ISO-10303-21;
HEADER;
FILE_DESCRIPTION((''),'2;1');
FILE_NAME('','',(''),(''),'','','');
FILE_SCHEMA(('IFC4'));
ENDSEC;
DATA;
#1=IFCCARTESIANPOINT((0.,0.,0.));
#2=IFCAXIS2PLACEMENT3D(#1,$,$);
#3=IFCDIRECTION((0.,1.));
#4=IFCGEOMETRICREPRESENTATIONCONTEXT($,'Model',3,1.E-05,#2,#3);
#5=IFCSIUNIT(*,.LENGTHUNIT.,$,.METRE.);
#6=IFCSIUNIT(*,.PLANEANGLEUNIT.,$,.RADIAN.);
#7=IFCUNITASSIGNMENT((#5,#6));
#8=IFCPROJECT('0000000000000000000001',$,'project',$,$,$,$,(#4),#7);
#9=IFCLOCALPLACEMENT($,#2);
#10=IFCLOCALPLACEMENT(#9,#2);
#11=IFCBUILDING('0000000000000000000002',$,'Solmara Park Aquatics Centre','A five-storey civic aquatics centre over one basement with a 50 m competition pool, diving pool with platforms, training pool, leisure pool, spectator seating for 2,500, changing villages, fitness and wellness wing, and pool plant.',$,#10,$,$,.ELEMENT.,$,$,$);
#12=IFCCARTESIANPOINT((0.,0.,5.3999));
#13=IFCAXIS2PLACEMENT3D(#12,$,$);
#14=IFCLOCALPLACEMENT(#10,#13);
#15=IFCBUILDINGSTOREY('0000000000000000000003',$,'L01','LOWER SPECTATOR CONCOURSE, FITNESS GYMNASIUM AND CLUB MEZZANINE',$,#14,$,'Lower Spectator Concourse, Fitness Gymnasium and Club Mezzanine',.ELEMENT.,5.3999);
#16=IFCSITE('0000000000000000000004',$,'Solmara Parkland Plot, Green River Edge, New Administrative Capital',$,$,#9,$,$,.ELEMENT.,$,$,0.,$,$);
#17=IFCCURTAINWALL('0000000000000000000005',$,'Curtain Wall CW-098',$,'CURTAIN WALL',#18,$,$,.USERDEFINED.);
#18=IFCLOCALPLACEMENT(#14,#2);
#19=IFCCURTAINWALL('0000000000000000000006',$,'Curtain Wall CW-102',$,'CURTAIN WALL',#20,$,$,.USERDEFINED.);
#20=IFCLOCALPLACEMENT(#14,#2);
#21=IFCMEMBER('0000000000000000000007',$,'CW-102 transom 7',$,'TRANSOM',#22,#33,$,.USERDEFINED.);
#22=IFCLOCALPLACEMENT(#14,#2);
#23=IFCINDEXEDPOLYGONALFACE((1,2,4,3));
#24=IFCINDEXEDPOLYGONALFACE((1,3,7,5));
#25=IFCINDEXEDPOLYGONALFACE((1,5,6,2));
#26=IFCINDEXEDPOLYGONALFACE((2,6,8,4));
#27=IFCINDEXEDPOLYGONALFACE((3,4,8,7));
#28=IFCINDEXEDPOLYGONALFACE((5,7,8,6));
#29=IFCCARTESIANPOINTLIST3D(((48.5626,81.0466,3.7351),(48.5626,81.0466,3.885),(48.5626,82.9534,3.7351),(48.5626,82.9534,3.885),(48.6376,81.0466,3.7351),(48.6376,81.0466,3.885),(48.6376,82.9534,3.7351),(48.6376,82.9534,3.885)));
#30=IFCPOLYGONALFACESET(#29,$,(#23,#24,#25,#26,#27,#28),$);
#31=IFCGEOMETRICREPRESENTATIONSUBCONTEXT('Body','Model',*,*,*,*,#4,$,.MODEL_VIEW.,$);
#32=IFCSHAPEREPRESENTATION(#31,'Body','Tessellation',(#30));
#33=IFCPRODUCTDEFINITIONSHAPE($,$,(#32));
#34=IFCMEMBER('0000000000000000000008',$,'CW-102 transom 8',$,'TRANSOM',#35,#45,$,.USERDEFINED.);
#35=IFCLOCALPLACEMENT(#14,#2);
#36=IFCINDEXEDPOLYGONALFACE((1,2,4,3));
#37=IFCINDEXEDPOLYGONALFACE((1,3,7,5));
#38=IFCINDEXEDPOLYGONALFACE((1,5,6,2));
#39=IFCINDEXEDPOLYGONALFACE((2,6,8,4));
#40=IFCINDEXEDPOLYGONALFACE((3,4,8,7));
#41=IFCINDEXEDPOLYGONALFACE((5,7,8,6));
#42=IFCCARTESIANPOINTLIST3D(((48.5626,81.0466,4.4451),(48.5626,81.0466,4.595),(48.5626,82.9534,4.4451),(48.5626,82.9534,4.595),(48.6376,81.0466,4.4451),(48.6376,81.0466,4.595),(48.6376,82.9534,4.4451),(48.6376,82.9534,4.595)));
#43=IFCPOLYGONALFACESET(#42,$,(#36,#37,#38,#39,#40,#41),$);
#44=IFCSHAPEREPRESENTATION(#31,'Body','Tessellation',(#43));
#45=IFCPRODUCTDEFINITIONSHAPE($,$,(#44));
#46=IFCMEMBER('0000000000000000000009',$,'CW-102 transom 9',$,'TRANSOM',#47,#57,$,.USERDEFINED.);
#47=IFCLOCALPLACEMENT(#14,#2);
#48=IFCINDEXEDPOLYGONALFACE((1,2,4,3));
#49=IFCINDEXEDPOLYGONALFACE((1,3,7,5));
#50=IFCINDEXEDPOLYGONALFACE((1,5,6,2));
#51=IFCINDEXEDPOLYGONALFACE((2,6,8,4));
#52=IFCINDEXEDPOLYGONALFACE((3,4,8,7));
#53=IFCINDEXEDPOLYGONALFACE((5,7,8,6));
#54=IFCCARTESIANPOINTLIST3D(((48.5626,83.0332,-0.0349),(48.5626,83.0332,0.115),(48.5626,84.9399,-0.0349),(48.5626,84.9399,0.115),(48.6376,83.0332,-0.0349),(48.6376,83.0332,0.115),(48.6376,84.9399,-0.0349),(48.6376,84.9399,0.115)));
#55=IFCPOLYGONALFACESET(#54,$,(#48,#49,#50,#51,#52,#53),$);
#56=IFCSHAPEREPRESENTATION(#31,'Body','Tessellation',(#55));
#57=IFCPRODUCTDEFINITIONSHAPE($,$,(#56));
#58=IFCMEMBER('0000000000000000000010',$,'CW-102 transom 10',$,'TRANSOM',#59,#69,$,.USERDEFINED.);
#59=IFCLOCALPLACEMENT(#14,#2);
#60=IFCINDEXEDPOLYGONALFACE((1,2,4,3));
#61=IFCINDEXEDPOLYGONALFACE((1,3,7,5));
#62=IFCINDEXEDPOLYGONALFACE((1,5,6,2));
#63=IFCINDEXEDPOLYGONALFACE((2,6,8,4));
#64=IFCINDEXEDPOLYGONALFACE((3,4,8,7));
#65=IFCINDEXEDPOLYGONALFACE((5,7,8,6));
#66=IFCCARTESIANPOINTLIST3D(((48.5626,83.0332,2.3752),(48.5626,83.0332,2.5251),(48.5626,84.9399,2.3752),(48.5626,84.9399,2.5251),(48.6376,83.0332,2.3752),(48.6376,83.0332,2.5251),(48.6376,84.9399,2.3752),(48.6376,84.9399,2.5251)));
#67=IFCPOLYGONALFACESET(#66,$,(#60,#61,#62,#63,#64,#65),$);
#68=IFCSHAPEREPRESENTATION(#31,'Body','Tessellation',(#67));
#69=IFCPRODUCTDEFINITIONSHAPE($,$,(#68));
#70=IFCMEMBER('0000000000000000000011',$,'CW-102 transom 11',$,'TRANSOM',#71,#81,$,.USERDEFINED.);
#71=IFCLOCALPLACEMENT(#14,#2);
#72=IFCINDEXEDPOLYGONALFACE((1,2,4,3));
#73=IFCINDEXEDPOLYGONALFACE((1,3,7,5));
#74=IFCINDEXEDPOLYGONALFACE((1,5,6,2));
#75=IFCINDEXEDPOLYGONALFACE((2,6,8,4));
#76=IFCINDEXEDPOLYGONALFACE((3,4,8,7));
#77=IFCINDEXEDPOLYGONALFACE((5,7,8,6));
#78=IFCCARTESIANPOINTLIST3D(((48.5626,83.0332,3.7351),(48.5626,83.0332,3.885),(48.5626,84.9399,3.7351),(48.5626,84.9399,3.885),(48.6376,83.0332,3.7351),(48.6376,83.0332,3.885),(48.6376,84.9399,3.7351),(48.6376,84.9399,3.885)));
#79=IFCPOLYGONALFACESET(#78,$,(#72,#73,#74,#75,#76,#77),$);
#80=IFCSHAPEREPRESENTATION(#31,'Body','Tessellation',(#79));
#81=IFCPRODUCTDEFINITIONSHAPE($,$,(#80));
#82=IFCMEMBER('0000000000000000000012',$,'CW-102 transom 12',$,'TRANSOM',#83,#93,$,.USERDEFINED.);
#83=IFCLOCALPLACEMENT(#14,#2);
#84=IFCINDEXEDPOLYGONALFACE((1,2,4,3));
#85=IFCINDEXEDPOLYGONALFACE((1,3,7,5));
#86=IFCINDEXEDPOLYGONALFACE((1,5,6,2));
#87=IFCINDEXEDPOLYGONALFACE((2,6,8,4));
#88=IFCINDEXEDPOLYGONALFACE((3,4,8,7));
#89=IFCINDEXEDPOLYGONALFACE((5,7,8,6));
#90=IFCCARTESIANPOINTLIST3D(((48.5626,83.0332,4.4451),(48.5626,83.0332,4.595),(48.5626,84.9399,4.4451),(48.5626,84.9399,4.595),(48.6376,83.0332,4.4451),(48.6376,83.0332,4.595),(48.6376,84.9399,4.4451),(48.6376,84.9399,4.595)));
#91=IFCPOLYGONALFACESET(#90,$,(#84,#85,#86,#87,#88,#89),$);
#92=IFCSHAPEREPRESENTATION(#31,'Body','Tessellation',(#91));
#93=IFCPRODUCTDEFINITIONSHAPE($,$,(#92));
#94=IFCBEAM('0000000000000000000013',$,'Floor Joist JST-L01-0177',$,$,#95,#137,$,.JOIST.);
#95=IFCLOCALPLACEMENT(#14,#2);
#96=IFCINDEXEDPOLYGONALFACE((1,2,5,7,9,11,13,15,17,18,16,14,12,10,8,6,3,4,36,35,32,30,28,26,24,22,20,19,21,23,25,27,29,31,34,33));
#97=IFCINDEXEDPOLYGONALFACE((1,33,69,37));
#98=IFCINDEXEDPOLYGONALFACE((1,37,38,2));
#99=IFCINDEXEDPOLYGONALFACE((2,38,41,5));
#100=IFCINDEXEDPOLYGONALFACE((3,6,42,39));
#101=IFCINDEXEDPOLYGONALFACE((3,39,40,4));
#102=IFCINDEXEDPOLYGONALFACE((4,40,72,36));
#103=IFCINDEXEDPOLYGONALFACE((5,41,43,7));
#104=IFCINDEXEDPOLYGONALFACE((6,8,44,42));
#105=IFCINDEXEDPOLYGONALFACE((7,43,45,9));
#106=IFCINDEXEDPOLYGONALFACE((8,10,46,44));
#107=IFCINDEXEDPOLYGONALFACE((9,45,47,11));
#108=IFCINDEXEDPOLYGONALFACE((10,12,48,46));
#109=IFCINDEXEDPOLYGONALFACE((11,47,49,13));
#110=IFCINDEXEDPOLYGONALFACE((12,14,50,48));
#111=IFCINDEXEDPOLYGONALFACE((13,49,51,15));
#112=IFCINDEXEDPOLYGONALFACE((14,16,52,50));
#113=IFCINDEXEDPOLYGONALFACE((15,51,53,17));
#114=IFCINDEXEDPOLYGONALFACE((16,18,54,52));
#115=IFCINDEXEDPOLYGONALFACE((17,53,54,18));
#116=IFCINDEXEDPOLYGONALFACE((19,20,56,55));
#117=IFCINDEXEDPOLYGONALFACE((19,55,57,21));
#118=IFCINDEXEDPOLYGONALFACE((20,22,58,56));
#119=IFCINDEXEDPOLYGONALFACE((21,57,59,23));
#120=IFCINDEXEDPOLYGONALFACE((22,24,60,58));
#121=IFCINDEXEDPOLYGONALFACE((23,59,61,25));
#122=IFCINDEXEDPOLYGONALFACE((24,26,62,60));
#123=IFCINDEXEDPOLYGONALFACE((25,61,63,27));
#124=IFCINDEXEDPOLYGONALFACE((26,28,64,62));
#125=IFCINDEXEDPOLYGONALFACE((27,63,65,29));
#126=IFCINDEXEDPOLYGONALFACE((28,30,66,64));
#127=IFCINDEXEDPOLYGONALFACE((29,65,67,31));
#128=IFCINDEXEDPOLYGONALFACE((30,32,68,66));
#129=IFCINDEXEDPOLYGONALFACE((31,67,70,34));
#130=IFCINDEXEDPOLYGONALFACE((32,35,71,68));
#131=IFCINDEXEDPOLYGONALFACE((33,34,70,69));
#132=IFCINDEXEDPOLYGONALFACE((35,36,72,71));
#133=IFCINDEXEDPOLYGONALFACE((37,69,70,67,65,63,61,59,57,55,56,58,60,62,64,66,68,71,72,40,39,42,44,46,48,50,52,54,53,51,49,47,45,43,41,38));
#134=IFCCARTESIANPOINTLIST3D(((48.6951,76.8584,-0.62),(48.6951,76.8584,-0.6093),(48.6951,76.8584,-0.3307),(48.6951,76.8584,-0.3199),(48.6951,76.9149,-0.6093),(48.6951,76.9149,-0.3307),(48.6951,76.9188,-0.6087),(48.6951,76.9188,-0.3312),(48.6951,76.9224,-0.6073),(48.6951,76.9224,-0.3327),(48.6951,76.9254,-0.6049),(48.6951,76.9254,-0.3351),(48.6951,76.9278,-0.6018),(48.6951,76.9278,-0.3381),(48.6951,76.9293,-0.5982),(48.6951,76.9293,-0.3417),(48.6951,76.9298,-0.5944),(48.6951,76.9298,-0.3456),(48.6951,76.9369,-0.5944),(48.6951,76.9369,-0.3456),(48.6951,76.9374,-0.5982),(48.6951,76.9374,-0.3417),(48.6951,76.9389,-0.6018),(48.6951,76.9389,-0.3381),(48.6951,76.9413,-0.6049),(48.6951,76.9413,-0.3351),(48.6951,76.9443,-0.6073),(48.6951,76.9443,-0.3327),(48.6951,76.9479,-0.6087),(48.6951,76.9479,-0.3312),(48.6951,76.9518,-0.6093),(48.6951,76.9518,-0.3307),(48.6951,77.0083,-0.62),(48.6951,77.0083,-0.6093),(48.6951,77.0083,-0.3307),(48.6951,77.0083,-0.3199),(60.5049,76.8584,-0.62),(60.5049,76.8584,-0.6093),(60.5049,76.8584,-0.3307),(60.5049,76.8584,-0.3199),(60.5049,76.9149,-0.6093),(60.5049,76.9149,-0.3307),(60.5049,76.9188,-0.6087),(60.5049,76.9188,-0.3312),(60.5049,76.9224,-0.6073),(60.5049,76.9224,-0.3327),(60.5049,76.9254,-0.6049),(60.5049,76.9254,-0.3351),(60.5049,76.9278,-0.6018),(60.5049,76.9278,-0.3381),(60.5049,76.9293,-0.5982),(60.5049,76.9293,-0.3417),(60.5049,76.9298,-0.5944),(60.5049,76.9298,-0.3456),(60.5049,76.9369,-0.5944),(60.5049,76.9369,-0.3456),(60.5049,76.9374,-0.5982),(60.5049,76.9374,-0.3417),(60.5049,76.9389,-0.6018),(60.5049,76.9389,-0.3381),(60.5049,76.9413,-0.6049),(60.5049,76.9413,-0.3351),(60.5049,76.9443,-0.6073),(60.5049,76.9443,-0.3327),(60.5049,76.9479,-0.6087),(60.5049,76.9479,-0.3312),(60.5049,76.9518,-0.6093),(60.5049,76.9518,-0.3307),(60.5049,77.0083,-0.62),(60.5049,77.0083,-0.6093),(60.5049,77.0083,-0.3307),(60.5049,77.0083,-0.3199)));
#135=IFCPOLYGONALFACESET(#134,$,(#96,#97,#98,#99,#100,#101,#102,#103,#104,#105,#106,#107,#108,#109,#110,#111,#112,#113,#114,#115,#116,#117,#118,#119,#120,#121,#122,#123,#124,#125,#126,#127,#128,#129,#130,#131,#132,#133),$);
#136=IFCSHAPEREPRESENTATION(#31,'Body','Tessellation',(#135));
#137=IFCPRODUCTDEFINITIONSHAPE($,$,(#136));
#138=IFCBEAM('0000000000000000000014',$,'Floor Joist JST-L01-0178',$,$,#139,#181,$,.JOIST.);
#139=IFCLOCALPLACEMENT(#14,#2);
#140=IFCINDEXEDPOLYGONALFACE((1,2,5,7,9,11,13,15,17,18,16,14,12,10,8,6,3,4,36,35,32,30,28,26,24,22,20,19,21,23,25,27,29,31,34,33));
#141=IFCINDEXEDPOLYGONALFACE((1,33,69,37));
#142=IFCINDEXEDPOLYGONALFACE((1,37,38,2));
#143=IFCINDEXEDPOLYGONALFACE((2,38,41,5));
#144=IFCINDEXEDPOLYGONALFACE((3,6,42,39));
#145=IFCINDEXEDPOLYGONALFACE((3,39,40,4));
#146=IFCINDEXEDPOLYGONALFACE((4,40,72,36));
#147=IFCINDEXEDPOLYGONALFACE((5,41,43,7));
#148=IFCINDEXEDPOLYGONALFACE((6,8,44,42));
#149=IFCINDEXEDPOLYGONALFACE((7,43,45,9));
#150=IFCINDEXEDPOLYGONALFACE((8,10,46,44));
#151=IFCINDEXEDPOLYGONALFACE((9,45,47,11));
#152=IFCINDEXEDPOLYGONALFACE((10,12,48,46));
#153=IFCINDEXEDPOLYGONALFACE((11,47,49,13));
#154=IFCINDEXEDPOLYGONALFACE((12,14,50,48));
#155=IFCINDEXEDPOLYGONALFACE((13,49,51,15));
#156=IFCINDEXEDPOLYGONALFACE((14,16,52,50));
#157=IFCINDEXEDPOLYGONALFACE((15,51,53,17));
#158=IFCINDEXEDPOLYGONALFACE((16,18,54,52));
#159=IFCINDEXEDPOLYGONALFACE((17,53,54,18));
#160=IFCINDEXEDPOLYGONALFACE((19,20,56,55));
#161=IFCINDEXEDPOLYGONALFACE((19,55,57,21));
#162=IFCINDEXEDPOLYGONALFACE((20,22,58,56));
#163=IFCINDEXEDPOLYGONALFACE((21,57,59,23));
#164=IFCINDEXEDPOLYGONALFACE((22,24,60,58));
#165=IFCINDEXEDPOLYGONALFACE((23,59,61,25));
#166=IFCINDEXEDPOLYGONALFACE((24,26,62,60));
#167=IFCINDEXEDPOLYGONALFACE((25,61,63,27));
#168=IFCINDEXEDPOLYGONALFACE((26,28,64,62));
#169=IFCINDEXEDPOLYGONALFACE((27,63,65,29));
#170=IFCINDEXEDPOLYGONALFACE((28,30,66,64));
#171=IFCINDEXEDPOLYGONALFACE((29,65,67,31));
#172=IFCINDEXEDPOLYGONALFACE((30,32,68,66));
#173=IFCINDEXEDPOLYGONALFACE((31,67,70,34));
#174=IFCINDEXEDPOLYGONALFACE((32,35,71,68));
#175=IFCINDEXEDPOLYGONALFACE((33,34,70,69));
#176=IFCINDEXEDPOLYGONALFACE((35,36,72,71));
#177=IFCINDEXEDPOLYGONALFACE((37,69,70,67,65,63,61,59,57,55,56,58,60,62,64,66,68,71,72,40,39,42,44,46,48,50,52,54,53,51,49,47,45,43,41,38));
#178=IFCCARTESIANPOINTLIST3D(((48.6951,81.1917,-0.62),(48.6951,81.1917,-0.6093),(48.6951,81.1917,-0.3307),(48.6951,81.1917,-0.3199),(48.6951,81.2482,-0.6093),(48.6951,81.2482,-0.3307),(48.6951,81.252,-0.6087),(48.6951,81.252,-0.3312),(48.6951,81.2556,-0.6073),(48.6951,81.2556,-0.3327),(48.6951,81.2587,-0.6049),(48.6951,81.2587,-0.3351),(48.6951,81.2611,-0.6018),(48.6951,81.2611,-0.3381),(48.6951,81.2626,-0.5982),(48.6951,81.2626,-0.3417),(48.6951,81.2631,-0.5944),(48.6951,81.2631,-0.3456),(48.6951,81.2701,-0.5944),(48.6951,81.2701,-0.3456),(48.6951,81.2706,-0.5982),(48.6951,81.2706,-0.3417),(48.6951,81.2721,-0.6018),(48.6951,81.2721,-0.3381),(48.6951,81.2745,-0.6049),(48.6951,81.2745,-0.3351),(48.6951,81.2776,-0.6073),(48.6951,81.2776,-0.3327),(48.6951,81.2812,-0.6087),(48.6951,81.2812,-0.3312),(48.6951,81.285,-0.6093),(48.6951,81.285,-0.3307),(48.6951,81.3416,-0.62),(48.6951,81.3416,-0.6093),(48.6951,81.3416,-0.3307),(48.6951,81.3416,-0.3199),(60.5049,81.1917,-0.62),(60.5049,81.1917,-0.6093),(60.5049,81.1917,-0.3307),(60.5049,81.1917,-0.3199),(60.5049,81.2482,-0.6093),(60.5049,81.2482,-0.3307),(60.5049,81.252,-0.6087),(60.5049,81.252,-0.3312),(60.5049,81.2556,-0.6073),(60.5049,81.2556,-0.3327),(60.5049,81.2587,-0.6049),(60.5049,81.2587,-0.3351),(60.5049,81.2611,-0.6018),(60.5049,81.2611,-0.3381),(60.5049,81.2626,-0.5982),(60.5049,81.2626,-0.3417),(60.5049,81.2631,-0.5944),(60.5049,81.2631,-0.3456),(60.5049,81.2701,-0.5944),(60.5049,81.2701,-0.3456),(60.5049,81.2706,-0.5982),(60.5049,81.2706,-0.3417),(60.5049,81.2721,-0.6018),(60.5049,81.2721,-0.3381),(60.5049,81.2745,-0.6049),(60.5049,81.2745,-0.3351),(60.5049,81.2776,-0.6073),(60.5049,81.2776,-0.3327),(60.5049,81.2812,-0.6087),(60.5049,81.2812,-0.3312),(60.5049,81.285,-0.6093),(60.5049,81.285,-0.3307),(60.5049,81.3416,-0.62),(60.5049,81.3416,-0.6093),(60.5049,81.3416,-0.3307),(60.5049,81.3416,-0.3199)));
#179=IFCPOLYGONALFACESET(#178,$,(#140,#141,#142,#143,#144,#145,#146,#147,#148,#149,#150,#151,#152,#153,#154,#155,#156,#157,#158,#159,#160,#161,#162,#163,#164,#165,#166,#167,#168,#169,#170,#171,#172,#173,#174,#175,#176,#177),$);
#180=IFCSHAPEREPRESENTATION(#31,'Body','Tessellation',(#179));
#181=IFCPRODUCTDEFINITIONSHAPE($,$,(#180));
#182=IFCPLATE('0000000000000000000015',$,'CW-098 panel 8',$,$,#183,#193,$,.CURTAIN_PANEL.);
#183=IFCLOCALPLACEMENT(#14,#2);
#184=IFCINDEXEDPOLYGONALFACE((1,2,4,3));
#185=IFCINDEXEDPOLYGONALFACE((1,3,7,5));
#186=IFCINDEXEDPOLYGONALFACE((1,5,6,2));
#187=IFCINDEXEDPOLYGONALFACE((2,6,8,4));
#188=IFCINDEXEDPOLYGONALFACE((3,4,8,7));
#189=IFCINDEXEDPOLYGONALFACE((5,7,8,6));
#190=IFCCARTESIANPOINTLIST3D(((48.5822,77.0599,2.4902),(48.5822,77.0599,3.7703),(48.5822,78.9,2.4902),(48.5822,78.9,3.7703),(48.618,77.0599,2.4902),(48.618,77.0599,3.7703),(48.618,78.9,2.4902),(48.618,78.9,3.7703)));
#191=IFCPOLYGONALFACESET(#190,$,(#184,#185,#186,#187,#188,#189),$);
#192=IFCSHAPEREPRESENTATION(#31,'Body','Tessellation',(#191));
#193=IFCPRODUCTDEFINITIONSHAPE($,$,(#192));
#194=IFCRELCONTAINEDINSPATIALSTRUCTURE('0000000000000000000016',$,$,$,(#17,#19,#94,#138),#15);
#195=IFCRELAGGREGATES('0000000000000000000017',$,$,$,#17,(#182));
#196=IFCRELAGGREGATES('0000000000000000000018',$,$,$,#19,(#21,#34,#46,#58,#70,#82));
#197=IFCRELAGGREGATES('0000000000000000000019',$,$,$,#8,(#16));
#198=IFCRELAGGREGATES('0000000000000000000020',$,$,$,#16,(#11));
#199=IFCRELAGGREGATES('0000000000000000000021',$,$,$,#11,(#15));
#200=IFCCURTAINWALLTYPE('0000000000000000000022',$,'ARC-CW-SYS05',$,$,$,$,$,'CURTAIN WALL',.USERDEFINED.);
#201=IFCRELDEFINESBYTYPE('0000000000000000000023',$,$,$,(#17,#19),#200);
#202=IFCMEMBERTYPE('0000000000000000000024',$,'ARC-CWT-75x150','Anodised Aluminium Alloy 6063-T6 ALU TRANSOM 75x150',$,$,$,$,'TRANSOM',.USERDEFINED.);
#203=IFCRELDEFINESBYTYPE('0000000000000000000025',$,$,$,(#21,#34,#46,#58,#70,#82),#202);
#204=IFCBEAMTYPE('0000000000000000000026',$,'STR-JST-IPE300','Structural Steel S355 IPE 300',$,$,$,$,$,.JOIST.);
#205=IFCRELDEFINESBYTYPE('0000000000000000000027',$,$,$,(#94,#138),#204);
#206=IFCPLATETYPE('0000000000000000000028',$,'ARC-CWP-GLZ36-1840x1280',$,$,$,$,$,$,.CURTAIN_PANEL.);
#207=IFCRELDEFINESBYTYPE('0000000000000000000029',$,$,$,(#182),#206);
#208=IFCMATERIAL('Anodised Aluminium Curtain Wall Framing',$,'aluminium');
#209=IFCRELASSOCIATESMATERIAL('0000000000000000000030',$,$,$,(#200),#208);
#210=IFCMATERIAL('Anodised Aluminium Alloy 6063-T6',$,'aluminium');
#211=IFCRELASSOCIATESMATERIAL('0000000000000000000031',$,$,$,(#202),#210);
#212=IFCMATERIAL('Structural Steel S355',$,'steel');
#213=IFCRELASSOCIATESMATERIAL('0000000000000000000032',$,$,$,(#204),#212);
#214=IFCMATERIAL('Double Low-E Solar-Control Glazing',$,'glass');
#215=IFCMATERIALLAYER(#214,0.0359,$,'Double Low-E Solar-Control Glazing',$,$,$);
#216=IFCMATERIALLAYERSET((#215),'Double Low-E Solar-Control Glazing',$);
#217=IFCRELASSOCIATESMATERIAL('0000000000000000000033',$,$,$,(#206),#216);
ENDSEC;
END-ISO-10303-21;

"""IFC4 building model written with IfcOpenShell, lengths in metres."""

from ifc_helpers import new_model, si_unit, direction, frame, origin, origin_2d, place, context, subcontext, project, spatial, rectangle, i_section, extrude, material, layer, layer_set, material_profile, profile_set, type_object, element, aggregate, save


model = new_model("IFC4")

# Units and contexts
model_context = context("Model", 3, precision=1e-05, world=origin(), true_north=direction((0.0, 1.0)))
body_context = subcontext(model_context, "Body", "Model", "MODEL_VIEW")
ifc_project = project(units=[si_unit("LENGTHUNIT", "METRE"), si_unit("PLANEANGLEUNIT", "RADIAN")], contexts=[model_context])

# Site, building, storey
site_placement = place(None, origin())
site = spatial("IfcSite", under=ifc_project, at=site_placement, Name="Solmara Parkland Plot, Green River Edge, New Administrative Capital", CompositionType="ELEMENT", RefElevation=0.0)
building_placement = place(site_placement, origin())
building = spatial("IfcBuilding", under=site, at=building_placement, Name="Solmara Park Aquatics Centre", Description="A five-storey civic aquatics centre over one basement with a 50 m competition pool, diving pool with platforms, training pool, leisure pool, spectator seating for 2,500, changing villages, fitness and wellness wing, and pool plant.", CompositionType="ELEMENT")
storey_placement = place(building_placement, frame((0.0, 0.0, 5.3999)))
storey = spatial("IfcBuildingStorey", under=building, at=storey_placement, Name="L01", Description="LOWER SPECTATOR CONCOURSE, FITNESS GYMNASIUM AND CLUB MEZZANINE", LongName="Lower Spectator Concourse, Fitness Gymnasium and Club Mezzanine", CompositionType="ELEMENT", Elevation=5.3999)

# Curtain walls
ifc_material_1 = material(Name="Anodised Aluminium Curtain Wall Framing", Category="aluminium")
curtain_wall_type = type_object("IfcCurtainWallType", Name="ARC-CW-SYS05", ElementType="CURTAIN WALL", PredefinedType="USERDEFINED", material=ifc_material_1)
curtain_wall_1_placement = place(storey_placement, origin())
curtain_wall_1 = element("IfcCurtainWall", 1, at=curtain_wall_1_placement, inside=storey, type_object=curtain_wall_type, Name="Curtain Wall CW-098", ObjectType="CURTAIN WALL", PredefinedType="USERDEFINED")
ifc_material_2 = material(Name="Anodised Aluminium Alloy 6063-T6", Category="aluminium")
curtain_wall_2_placement = place(storey_placement, origin())
curtain_wall_2 = element("IfcCurtainWall", 2, at=curtain_wall_2_placement, inside=storey, type_object=curtain_wall_type, Name="Curtain Wall CW-102", ObjectType="CURTAIN WALL", PredefinedType="USERDEFINED")

# Members
ifc_material_profile_1 = material_profile(ifc_material_2, rectangle(XDim=0.075, YDim=0.1499, at=origin_2d()), Name="ALU TRANSOM 75x150")
ifc_profile_set_1 = profile_set([ifc_material_profile_1], Name="Anodised Aluminium Alloy 6063-T6")
member_type_1 = type_object("IfcMemberType", Name="ARC-CWT-75x150", Description="Anodised Aluminium Alloy 6063-T6 ALU TRANSOM 75x150", ElementType="TRANSOM", PredefinedType="USERDEFINED", material=ifc_profile_set_1)
member_1_placement = place(storey_placement, frame((48.6001, 81.0466, 3.8101), z_axis=(0.0, 1.0, 0.0), x_axis=(-1.0, 0.0, 0.0)))
member_1 = element("IfcMember", 3, at=member_1_placement, type_object=member_type_1, Name="CW-102 transom 7", ObjectType="TRANSOM", PredefinedType="USERDEFINED", context=body_context, shape_type="SweptSolid", body=[
    extrude(rectangle(XDim=0.075, YDim=0.1499, at=origin_2d()), origin(), (0.0, 0.0, 1.0), 1.9067),
])
member_2_placement = place(storey_placement, frame((48.6001, 81.0466, 4.52), z_axis=(0.0, 1.0, 0.0), x_axis=(-1.0, 0.0, 0.0)))
member_2 = element("IfcMember", 4, at=member_2_placement, type_object=member_type_1, Name="CW-102 transom 8", ObjectType="TRANSOM", PredefinedType="USERDEFINED", context=body_context, shape_type="SweptSolid", body=[
    extrude(rectangle(XDim=0.075, YDim=0.1499, at=origin_2d()), origin(), (0.0, 0.0, 1.0), 1.9067),
])
member_3_placement = place(storey_placement, frame((48.6001, 83.0332, 0.04), z_axis=(0.0, 1.0, 0.0), x_axis=(-1.0, 0.0, 0.0)))
member_3 = element("IfcMember", 5, at=member_3_placement, type_object=member_type_1, Name="CW-102 transom 9", ObjectType="TRANSOM", PredefinedType="USERDEFINED", context=body_context, shape_type="SweptSolid", body=[
    extrude(rectangle(XDim=0.075, YDim=0.1499, at=origin_2d()), origin(), (0.0, 0.0, 1.0), 1.9067),
])
member_4_placement = place(storey_placement, frame((48.6001, 83.0332, 2.4502), z_axis=(0.0, 1.0, 0.0), x_axis=(-1.0, 0.0, 0.0)))
member_4 = element("IfcMember", 6, at=member_4_placement, type_object=member_type_1, Name="CW-102 transom 10", ObjectType="TRANSOM", PredefinedType="USERDEFINED", context=body_context, shape_type="SweptSolid", body=[
    extrude(rectangle(XDim=0.075, YDim=0.1499, at=origin_2d()), origin(), (0.0, 0.0, 1.0), 1.9067),
])
member_5_placement = place(storey_placement, frame((48.6001, 83.0332, 3.8101), z_axis=(0.0, 1.0, 0.0), x_axis=(-1.0, 0.0, 0.0)))
member_5 = element("IfcMember", 7, at=member_5_placement, type_object=member_type_1, Name="CW-102 transom 11", ObjectType="TRANSOM", PredefinedType="USERDEFINED", context=body_context, shape_type="SweptSolid", body=[
    extrude(rectangle(XDim=0.075, YDim=0.1499, at=origin_2d()), origin(), (0.0, 0.0, 1.0), 1.9067),
])
member_6_placement = place(storey_placement, frame((48.6001, 83.0332, 4.52), z_axis=(0.0, 1.0, 0.0), x_axis=(-1.0, 0.0, 0.0)))
member_6 = element("IfcMember", 8, at=member_6_placement, type_object=member_type_1, Name="CW-102 transom 12", ObjectType="TRANSOM", PredefinedType="USERDEFINED", context=body_context, shape_type="SweptSolid", body=[
    extrude(rectangle(XDim=0.075, YDim=0.1499, at=origin_2d()), origin(), (0.0, 0.0, 1.0), 1.9067),
])

# Beams
ifc_material_3 = material(Name="Structural Steel S355", Category="steel")
ifc_material_profile_2 = material_profile(ifc_material_3, i_section(OverallWidth=0.1499, OverallDepth=0.3, WebThickness=0.0071, FlangeThickness=0.0107, FilletRadius=0.0149, at=origin_2d()), Name="IPE 300")
ifc_profile_set_2 = profile_set([ifc_material_profile_2], Name="Structural Steel S355")
beam_type = type_object("IfcBeamType", Name="STR-JST-IPE300", Description="Structural Steel S355 IPE 300", PredefinedType="JOIST", material=ifc_profile_set_2)
for number, where, z_axis, x_axis, name in (
    (9, (48.6951, 76.9333, -0.47), (1.0, 0.0, 0.0), (0.0, 1.0, 0.0), "Floor Joist JST-L01-0177"),
    (10, (48.6951, 81.2666, -0.47), (1.0, 0.0, 0.0), (0.0, 1.0, 0.0), "Floor Joist JST-L01-0178"),
):
    element("IfcBeam", number, at=place(storey_placement, frame(where, z_axis=z_axis, x_axis=x_axis)), inside=storey, type_object=beam_type, Name=name, PredefinedType="JOIST", context=body_context, shape_type="SweptSolid", body=[
        extrude(i_section(OverallWidth=0.1499, OverallDepth=0.3, WebThickness=0.0071, FlangeThickness=0.0107, FilletRadius=0.0149, at=origin_2d()), origin(), (0.0, 0.0, 1.0), 11.8098),
    ])

# Plate
ifc_material_4 = material(Name="Double Low-E Solar-Control Glazing", Category="glass")
ifc_layer_1 = layer(ifc_material_4, 0.0359, Name="Double Low-E Solar-Control Glazing")
ifc_layer_set_1 = layer_set([ifc_layer_1], Name="Double Low-E Solar-Control Glazing")
plate_type_1 = type_object("IfcPlateType", Name="ARC-CWP-GLZ36-1840x1280", PredefinedType="CURTAIN_PANEL", material=ifc_layer_set_1)
plate_1_placement = place(storey_placement, frame((48.6001, 77.98, 2.4902), z_axis=(0.0, 0.0, 1.0), x_axis=(0.0, 1.0, 0.0)))
plate_1 = element("IfcPlate", 11, at=plate_1_placement, type_object=plate_type_1, Name="CW-098 panel 8", PredefinedType="CURTAIN_PANEL", context=body_context, shape_type="SweptSolid", body=[
    extrude(rectangle(XDim=1.8401, YDim=0.0359, at=origin_2d()), origin(), (0.0, 0.0, 1.0), 1.28),
])
aggregate(curtain_wall_1, [plate_1])
aggregate(curtain_wall_2, [member_1, member_2, member_3, member_4, member_5, member_6])

save(model, "model.ifc")
